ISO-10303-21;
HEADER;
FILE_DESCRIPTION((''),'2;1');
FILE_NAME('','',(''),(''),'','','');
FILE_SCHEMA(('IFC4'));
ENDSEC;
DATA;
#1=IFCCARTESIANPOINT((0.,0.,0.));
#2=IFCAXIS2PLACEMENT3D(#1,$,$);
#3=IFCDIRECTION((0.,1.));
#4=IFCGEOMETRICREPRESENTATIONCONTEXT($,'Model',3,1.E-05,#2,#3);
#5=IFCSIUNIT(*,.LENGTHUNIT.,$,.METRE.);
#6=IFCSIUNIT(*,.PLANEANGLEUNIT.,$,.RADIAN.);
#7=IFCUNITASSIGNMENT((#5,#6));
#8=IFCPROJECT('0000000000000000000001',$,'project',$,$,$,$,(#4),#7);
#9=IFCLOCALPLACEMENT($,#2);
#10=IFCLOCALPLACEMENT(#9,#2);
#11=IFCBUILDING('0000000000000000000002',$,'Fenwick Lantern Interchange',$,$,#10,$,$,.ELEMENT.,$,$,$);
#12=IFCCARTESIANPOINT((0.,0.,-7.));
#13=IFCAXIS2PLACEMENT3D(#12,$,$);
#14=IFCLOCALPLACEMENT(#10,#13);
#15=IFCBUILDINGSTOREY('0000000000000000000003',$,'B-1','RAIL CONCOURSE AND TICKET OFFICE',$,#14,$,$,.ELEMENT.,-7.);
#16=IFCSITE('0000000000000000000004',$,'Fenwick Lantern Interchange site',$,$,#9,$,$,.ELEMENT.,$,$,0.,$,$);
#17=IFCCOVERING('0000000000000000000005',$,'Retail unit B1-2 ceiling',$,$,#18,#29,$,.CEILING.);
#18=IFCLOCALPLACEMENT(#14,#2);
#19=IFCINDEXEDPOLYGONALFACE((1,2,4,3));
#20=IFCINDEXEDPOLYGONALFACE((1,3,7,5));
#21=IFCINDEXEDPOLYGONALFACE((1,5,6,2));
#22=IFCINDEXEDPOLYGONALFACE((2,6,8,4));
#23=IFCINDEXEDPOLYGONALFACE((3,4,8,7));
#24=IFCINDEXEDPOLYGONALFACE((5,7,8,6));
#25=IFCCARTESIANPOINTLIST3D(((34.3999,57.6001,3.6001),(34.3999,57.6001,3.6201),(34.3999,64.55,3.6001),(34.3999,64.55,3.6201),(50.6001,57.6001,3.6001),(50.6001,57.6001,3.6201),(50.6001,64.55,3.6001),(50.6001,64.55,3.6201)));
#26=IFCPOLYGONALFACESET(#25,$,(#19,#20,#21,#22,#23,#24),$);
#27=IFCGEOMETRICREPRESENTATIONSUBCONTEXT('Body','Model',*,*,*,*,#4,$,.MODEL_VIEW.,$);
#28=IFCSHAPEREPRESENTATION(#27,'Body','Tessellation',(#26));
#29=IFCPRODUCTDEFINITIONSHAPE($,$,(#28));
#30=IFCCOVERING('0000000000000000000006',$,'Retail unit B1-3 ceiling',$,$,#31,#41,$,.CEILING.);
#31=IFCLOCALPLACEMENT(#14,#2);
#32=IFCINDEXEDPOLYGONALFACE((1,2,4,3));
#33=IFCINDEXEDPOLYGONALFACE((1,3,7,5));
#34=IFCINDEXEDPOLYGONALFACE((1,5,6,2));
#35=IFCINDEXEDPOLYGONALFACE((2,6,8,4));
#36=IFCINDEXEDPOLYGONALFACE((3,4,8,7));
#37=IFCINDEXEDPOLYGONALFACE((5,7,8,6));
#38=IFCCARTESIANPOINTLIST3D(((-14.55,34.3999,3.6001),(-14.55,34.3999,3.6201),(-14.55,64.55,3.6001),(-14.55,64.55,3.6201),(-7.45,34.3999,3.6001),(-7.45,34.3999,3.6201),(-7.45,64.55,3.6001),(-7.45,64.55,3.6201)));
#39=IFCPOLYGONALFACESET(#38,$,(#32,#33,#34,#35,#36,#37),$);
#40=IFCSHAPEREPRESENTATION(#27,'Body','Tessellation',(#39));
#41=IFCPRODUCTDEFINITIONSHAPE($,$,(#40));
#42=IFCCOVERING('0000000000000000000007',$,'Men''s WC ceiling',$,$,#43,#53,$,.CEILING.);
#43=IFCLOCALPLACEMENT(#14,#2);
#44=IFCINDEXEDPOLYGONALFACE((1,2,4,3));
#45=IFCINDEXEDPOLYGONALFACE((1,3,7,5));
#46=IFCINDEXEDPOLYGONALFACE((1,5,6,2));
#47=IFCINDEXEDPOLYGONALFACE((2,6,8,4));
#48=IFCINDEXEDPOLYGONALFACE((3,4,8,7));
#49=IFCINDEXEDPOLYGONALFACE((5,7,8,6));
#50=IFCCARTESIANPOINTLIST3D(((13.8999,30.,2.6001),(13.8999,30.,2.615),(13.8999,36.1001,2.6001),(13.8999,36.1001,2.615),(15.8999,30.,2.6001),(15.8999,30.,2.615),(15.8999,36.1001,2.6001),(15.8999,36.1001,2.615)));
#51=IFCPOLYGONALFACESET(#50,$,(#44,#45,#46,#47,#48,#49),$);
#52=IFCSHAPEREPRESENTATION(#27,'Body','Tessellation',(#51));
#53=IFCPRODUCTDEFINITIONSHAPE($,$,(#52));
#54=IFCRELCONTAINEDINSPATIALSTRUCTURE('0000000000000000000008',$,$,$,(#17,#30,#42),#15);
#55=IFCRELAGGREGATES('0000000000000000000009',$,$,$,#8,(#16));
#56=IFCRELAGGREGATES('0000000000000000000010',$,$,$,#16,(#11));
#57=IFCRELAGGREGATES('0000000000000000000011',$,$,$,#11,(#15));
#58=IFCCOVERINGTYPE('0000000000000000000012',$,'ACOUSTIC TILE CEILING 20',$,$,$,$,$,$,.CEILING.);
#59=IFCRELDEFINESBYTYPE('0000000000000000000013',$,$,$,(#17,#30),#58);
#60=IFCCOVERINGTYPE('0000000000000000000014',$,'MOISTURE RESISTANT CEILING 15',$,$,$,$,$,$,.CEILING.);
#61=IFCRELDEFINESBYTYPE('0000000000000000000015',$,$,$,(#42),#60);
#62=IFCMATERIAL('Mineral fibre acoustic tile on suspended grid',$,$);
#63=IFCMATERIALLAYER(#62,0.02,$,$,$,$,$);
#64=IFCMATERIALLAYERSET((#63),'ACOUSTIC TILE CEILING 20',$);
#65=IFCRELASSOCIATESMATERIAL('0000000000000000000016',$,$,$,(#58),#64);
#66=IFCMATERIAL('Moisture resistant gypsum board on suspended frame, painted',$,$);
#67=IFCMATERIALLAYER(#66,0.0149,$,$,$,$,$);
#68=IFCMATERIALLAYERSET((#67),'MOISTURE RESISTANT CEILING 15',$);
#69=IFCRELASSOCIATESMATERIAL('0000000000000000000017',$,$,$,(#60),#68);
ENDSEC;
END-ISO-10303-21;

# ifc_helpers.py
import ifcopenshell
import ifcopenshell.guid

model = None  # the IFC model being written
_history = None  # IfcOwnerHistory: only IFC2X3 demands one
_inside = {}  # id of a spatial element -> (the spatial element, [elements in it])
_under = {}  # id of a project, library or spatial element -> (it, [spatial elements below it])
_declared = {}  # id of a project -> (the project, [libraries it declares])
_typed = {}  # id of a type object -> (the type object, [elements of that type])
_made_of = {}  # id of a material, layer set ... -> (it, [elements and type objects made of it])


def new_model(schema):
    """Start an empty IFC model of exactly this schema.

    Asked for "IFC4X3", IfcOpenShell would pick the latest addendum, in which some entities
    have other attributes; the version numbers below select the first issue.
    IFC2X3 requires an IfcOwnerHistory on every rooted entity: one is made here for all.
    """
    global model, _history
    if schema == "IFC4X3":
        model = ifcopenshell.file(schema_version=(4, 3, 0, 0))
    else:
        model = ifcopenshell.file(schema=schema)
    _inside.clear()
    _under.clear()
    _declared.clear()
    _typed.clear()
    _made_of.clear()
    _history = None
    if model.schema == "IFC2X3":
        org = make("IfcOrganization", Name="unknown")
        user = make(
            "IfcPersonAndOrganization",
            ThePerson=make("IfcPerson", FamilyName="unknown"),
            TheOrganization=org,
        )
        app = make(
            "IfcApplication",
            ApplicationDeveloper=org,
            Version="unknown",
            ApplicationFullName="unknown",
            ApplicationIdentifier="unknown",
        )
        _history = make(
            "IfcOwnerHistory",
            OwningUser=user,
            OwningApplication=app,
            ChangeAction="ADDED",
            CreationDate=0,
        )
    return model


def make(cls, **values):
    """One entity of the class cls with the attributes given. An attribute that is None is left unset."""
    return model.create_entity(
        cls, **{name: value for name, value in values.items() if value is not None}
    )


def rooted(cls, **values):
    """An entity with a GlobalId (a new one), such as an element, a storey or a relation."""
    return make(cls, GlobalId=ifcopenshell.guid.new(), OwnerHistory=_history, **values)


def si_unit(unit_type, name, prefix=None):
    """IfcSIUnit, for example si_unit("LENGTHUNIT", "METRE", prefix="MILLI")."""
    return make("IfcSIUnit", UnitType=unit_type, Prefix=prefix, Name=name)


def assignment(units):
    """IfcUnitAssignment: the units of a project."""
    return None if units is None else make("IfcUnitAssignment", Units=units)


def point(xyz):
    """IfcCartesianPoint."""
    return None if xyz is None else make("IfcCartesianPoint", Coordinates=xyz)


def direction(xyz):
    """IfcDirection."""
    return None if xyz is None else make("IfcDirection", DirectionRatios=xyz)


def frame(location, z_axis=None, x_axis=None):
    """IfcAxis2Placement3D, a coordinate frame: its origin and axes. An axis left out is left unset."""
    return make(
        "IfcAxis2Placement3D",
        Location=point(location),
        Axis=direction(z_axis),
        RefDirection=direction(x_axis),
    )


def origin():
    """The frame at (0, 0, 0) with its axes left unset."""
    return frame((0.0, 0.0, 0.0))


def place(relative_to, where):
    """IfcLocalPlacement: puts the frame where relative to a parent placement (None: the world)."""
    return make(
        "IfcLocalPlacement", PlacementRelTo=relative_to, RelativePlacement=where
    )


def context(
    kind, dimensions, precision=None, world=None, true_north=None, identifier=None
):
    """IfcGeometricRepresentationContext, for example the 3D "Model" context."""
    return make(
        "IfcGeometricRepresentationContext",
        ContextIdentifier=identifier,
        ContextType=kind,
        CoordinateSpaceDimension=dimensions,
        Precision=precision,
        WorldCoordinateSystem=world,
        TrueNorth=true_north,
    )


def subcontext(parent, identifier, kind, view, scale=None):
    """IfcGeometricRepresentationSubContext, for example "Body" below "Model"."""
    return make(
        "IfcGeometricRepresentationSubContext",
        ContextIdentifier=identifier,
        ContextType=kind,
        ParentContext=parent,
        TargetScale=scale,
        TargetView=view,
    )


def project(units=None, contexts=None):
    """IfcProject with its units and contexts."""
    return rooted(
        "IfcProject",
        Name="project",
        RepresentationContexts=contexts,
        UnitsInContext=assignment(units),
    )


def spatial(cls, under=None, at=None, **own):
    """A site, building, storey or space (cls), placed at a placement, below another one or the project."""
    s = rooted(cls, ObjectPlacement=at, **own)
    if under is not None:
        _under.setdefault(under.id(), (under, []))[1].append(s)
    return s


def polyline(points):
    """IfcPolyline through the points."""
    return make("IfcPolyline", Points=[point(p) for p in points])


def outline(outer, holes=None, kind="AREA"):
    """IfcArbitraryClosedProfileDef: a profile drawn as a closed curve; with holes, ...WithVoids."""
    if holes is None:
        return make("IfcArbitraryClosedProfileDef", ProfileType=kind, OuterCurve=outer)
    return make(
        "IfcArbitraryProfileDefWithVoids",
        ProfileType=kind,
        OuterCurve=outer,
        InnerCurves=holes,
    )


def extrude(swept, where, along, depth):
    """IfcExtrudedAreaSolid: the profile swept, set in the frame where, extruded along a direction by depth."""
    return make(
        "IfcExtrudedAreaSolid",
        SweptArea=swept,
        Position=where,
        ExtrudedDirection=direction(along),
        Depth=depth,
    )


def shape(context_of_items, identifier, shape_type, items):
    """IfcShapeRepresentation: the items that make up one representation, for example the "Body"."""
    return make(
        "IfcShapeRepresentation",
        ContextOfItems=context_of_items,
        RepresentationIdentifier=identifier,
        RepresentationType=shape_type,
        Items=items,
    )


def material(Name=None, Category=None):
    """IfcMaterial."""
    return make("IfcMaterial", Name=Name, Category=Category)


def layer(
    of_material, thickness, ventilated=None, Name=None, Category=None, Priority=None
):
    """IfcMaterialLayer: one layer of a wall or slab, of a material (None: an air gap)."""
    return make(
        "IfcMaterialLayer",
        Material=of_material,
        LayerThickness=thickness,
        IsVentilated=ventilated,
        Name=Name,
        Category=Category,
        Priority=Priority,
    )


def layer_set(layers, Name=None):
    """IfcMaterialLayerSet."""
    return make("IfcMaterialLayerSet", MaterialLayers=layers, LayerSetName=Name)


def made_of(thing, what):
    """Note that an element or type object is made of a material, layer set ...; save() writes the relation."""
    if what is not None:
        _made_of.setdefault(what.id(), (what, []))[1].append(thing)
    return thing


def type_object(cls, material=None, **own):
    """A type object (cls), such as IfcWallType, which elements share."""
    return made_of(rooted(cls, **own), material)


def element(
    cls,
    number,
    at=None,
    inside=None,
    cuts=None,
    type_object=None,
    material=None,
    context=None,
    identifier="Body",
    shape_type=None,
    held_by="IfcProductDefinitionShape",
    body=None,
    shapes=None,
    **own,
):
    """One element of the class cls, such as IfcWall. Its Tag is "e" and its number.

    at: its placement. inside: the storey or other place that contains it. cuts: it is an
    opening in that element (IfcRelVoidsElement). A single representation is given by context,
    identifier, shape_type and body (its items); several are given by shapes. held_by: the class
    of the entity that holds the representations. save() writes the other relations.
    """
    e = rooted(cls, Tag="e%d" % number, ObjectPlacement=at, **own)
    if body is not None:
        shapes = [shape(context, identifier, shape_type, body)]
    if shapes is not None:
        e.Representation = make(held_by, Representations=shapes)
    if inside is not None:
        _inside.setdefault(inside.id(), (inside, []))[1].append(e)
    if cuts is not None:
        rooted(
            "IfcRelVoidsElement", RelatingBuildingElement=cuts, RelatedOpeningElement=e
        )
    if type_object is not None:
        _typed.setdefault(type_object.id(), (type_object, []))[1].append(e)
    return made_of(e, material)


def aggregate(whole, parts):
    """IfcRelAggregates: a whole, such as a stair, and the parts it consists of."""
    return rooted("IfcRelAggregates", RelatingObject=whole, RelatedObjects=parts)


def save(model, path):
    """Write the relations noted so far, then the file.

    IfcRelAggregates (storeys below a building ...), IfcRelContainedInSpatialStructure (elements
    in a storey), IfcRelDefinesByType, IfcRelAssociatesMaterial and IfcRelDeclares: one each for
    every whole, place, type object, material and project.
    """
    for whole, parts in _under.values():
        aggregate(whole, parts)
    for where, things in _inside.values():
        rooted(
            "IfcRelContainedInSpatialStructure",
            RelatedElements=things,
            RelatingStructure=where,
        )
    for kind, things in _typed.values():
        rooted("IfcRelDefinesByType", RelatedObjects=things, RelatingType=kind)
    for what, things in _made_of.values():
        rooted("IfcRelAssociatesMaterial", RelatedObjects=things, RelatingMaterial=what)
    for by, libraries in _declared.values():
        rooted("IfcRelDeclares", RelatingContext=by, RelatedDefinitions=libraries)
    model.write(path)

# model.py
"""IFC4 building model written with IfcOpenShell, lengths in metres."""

from ifc_helpers import new_model, si_unit, direction, frame, origin, place, context, subcontext, project, spatial, polyline, outline, extrude, material, layer, layer_set, type_object, element, save


model = new_model("IFC4")

# Units and contexts
model_context = context("Model", 3, precision=1e-05, world=origin(), true_north=direction((0.0, 1.0)))
body_context = subcontext(model_context, "Body", "Model", "MODEL_VIEW")
ifc_project = project(units=[si_unit("LENGTHUNIT", "METRE"), si_unit("PLANEANGLEUNIT", "RADIAN")], contexts=[model_context])

# Site, building, storey
site_placement = place(None, origin())
site = spatial("IfcSite", under=ifc_project, at=site_placement, Name="Fenwick Lantern Interchange site", CompositionType="ELEMENT", RefElevation=0.0)
building_placement = place(site_placement, origin())
building = spatial("IfcBuilding", under=site, at=building_placement, Name="Fenwick Lantern Interchange", CompositionType="ELEMENT")
storey_placement = place(building_placement, frame((0.0, 0.0, -7.0)))
storey = spatial("IfcBuildingStorey", under=building, at=storey_placement, Name="B-1", Description="RAIL CONCOURSE AND TICKET OFFICE", CompositionType="ELEMENT", Elevation=-7.0)

# Coverings
ifc_material_1 = material(Name="Mineral fibre acoustic tile on suspended grid")
ifc_layer_1 = layer(ifc_material_1, 0.02)
ifc_layer_set_1 = layer_set([ifc_layer_1], Name="ACOUSTIC TILE CEILING 20")
covering_type_1 = type_object("IfcCoveringType", Name="ACOUSTIC TILE CEILING 20", PredefinedType="CEILING", material=ifc_layer_set_1)
covering_1_placement = place(storey_placement, frame((0.0, 0.0, 3.6001)))
element("IfcCovering", 1, at=covering_1_placement, inside=storey, type_object=covering_type_1, Name="Retail unit B1-2 ceiling", PredefinedType="CEILING", context=body_context, shape_type="SweptSolid", body=[
    extrude(outline(polyline([(50.6001, 57.6001), (50.6001, 64.55), (34.3999, 64.55), (34.3999, 57.6001), (50.6001, 57.6001)])), origin(), (0.0, 0.0, 1.0), 0.02),
])
covering_2_placement = place(storey_placement, frame((0.0, 0.0, 3.6001)))
element("IfcCovering", 2, at=covering_2_placement, inside=storey, type_object=covering_type_1, Name="Retail unit B1-3 ceiling", PredefinedType="CEILING", context=body_context, shape_type="SweptSolid", body=[
    extrude(outline(polyline([(-7.45, 34.3999), (-7.45, 64.55), (-14.55, 64.55), (-14.55, 34.3999), (-7.45, 34.3999)])), origin(), (0.0, 0.0, 1.0), 0.02),
])
ifc_material_2 = material(Name="Moisture resistant gypsum board on suspended frame, painted")
ifc_layer_2 = layer(ifc_material_2, 0.0149)
ifc_layer_set_2 = layer_set([ifc_layer_2], Name="MOISTURE RESISTANT CEILING 15")
covering_type_2 = type_object("IfcCoveringType", Name="MOISTURE RESISTANT CEILING 15", PredefinedType="CEILING", material=ifc_layer_set_2)
covering_3_placement = place(storey_placement, frame((0.0, 0.0, 2.6001)))
element("IfcCovering", 3, at=covering_3_placement, inside=storey, type_object=covering_type_2, Name="Men's WC ceiling", PredefinedType="CEILING", context=body_context, shape_type="SweptSolid", body=[
    extrude(outline(polyline([(15.8999, 36.1001), (13.8999, 36.1001), (13.8999, 30.0), (15.8999, 30.0), (15.8999, 36.1001)])), origin(), (0.0, 0.0, 1.0), 0.0149),
])

save(model, "model.ifc")
